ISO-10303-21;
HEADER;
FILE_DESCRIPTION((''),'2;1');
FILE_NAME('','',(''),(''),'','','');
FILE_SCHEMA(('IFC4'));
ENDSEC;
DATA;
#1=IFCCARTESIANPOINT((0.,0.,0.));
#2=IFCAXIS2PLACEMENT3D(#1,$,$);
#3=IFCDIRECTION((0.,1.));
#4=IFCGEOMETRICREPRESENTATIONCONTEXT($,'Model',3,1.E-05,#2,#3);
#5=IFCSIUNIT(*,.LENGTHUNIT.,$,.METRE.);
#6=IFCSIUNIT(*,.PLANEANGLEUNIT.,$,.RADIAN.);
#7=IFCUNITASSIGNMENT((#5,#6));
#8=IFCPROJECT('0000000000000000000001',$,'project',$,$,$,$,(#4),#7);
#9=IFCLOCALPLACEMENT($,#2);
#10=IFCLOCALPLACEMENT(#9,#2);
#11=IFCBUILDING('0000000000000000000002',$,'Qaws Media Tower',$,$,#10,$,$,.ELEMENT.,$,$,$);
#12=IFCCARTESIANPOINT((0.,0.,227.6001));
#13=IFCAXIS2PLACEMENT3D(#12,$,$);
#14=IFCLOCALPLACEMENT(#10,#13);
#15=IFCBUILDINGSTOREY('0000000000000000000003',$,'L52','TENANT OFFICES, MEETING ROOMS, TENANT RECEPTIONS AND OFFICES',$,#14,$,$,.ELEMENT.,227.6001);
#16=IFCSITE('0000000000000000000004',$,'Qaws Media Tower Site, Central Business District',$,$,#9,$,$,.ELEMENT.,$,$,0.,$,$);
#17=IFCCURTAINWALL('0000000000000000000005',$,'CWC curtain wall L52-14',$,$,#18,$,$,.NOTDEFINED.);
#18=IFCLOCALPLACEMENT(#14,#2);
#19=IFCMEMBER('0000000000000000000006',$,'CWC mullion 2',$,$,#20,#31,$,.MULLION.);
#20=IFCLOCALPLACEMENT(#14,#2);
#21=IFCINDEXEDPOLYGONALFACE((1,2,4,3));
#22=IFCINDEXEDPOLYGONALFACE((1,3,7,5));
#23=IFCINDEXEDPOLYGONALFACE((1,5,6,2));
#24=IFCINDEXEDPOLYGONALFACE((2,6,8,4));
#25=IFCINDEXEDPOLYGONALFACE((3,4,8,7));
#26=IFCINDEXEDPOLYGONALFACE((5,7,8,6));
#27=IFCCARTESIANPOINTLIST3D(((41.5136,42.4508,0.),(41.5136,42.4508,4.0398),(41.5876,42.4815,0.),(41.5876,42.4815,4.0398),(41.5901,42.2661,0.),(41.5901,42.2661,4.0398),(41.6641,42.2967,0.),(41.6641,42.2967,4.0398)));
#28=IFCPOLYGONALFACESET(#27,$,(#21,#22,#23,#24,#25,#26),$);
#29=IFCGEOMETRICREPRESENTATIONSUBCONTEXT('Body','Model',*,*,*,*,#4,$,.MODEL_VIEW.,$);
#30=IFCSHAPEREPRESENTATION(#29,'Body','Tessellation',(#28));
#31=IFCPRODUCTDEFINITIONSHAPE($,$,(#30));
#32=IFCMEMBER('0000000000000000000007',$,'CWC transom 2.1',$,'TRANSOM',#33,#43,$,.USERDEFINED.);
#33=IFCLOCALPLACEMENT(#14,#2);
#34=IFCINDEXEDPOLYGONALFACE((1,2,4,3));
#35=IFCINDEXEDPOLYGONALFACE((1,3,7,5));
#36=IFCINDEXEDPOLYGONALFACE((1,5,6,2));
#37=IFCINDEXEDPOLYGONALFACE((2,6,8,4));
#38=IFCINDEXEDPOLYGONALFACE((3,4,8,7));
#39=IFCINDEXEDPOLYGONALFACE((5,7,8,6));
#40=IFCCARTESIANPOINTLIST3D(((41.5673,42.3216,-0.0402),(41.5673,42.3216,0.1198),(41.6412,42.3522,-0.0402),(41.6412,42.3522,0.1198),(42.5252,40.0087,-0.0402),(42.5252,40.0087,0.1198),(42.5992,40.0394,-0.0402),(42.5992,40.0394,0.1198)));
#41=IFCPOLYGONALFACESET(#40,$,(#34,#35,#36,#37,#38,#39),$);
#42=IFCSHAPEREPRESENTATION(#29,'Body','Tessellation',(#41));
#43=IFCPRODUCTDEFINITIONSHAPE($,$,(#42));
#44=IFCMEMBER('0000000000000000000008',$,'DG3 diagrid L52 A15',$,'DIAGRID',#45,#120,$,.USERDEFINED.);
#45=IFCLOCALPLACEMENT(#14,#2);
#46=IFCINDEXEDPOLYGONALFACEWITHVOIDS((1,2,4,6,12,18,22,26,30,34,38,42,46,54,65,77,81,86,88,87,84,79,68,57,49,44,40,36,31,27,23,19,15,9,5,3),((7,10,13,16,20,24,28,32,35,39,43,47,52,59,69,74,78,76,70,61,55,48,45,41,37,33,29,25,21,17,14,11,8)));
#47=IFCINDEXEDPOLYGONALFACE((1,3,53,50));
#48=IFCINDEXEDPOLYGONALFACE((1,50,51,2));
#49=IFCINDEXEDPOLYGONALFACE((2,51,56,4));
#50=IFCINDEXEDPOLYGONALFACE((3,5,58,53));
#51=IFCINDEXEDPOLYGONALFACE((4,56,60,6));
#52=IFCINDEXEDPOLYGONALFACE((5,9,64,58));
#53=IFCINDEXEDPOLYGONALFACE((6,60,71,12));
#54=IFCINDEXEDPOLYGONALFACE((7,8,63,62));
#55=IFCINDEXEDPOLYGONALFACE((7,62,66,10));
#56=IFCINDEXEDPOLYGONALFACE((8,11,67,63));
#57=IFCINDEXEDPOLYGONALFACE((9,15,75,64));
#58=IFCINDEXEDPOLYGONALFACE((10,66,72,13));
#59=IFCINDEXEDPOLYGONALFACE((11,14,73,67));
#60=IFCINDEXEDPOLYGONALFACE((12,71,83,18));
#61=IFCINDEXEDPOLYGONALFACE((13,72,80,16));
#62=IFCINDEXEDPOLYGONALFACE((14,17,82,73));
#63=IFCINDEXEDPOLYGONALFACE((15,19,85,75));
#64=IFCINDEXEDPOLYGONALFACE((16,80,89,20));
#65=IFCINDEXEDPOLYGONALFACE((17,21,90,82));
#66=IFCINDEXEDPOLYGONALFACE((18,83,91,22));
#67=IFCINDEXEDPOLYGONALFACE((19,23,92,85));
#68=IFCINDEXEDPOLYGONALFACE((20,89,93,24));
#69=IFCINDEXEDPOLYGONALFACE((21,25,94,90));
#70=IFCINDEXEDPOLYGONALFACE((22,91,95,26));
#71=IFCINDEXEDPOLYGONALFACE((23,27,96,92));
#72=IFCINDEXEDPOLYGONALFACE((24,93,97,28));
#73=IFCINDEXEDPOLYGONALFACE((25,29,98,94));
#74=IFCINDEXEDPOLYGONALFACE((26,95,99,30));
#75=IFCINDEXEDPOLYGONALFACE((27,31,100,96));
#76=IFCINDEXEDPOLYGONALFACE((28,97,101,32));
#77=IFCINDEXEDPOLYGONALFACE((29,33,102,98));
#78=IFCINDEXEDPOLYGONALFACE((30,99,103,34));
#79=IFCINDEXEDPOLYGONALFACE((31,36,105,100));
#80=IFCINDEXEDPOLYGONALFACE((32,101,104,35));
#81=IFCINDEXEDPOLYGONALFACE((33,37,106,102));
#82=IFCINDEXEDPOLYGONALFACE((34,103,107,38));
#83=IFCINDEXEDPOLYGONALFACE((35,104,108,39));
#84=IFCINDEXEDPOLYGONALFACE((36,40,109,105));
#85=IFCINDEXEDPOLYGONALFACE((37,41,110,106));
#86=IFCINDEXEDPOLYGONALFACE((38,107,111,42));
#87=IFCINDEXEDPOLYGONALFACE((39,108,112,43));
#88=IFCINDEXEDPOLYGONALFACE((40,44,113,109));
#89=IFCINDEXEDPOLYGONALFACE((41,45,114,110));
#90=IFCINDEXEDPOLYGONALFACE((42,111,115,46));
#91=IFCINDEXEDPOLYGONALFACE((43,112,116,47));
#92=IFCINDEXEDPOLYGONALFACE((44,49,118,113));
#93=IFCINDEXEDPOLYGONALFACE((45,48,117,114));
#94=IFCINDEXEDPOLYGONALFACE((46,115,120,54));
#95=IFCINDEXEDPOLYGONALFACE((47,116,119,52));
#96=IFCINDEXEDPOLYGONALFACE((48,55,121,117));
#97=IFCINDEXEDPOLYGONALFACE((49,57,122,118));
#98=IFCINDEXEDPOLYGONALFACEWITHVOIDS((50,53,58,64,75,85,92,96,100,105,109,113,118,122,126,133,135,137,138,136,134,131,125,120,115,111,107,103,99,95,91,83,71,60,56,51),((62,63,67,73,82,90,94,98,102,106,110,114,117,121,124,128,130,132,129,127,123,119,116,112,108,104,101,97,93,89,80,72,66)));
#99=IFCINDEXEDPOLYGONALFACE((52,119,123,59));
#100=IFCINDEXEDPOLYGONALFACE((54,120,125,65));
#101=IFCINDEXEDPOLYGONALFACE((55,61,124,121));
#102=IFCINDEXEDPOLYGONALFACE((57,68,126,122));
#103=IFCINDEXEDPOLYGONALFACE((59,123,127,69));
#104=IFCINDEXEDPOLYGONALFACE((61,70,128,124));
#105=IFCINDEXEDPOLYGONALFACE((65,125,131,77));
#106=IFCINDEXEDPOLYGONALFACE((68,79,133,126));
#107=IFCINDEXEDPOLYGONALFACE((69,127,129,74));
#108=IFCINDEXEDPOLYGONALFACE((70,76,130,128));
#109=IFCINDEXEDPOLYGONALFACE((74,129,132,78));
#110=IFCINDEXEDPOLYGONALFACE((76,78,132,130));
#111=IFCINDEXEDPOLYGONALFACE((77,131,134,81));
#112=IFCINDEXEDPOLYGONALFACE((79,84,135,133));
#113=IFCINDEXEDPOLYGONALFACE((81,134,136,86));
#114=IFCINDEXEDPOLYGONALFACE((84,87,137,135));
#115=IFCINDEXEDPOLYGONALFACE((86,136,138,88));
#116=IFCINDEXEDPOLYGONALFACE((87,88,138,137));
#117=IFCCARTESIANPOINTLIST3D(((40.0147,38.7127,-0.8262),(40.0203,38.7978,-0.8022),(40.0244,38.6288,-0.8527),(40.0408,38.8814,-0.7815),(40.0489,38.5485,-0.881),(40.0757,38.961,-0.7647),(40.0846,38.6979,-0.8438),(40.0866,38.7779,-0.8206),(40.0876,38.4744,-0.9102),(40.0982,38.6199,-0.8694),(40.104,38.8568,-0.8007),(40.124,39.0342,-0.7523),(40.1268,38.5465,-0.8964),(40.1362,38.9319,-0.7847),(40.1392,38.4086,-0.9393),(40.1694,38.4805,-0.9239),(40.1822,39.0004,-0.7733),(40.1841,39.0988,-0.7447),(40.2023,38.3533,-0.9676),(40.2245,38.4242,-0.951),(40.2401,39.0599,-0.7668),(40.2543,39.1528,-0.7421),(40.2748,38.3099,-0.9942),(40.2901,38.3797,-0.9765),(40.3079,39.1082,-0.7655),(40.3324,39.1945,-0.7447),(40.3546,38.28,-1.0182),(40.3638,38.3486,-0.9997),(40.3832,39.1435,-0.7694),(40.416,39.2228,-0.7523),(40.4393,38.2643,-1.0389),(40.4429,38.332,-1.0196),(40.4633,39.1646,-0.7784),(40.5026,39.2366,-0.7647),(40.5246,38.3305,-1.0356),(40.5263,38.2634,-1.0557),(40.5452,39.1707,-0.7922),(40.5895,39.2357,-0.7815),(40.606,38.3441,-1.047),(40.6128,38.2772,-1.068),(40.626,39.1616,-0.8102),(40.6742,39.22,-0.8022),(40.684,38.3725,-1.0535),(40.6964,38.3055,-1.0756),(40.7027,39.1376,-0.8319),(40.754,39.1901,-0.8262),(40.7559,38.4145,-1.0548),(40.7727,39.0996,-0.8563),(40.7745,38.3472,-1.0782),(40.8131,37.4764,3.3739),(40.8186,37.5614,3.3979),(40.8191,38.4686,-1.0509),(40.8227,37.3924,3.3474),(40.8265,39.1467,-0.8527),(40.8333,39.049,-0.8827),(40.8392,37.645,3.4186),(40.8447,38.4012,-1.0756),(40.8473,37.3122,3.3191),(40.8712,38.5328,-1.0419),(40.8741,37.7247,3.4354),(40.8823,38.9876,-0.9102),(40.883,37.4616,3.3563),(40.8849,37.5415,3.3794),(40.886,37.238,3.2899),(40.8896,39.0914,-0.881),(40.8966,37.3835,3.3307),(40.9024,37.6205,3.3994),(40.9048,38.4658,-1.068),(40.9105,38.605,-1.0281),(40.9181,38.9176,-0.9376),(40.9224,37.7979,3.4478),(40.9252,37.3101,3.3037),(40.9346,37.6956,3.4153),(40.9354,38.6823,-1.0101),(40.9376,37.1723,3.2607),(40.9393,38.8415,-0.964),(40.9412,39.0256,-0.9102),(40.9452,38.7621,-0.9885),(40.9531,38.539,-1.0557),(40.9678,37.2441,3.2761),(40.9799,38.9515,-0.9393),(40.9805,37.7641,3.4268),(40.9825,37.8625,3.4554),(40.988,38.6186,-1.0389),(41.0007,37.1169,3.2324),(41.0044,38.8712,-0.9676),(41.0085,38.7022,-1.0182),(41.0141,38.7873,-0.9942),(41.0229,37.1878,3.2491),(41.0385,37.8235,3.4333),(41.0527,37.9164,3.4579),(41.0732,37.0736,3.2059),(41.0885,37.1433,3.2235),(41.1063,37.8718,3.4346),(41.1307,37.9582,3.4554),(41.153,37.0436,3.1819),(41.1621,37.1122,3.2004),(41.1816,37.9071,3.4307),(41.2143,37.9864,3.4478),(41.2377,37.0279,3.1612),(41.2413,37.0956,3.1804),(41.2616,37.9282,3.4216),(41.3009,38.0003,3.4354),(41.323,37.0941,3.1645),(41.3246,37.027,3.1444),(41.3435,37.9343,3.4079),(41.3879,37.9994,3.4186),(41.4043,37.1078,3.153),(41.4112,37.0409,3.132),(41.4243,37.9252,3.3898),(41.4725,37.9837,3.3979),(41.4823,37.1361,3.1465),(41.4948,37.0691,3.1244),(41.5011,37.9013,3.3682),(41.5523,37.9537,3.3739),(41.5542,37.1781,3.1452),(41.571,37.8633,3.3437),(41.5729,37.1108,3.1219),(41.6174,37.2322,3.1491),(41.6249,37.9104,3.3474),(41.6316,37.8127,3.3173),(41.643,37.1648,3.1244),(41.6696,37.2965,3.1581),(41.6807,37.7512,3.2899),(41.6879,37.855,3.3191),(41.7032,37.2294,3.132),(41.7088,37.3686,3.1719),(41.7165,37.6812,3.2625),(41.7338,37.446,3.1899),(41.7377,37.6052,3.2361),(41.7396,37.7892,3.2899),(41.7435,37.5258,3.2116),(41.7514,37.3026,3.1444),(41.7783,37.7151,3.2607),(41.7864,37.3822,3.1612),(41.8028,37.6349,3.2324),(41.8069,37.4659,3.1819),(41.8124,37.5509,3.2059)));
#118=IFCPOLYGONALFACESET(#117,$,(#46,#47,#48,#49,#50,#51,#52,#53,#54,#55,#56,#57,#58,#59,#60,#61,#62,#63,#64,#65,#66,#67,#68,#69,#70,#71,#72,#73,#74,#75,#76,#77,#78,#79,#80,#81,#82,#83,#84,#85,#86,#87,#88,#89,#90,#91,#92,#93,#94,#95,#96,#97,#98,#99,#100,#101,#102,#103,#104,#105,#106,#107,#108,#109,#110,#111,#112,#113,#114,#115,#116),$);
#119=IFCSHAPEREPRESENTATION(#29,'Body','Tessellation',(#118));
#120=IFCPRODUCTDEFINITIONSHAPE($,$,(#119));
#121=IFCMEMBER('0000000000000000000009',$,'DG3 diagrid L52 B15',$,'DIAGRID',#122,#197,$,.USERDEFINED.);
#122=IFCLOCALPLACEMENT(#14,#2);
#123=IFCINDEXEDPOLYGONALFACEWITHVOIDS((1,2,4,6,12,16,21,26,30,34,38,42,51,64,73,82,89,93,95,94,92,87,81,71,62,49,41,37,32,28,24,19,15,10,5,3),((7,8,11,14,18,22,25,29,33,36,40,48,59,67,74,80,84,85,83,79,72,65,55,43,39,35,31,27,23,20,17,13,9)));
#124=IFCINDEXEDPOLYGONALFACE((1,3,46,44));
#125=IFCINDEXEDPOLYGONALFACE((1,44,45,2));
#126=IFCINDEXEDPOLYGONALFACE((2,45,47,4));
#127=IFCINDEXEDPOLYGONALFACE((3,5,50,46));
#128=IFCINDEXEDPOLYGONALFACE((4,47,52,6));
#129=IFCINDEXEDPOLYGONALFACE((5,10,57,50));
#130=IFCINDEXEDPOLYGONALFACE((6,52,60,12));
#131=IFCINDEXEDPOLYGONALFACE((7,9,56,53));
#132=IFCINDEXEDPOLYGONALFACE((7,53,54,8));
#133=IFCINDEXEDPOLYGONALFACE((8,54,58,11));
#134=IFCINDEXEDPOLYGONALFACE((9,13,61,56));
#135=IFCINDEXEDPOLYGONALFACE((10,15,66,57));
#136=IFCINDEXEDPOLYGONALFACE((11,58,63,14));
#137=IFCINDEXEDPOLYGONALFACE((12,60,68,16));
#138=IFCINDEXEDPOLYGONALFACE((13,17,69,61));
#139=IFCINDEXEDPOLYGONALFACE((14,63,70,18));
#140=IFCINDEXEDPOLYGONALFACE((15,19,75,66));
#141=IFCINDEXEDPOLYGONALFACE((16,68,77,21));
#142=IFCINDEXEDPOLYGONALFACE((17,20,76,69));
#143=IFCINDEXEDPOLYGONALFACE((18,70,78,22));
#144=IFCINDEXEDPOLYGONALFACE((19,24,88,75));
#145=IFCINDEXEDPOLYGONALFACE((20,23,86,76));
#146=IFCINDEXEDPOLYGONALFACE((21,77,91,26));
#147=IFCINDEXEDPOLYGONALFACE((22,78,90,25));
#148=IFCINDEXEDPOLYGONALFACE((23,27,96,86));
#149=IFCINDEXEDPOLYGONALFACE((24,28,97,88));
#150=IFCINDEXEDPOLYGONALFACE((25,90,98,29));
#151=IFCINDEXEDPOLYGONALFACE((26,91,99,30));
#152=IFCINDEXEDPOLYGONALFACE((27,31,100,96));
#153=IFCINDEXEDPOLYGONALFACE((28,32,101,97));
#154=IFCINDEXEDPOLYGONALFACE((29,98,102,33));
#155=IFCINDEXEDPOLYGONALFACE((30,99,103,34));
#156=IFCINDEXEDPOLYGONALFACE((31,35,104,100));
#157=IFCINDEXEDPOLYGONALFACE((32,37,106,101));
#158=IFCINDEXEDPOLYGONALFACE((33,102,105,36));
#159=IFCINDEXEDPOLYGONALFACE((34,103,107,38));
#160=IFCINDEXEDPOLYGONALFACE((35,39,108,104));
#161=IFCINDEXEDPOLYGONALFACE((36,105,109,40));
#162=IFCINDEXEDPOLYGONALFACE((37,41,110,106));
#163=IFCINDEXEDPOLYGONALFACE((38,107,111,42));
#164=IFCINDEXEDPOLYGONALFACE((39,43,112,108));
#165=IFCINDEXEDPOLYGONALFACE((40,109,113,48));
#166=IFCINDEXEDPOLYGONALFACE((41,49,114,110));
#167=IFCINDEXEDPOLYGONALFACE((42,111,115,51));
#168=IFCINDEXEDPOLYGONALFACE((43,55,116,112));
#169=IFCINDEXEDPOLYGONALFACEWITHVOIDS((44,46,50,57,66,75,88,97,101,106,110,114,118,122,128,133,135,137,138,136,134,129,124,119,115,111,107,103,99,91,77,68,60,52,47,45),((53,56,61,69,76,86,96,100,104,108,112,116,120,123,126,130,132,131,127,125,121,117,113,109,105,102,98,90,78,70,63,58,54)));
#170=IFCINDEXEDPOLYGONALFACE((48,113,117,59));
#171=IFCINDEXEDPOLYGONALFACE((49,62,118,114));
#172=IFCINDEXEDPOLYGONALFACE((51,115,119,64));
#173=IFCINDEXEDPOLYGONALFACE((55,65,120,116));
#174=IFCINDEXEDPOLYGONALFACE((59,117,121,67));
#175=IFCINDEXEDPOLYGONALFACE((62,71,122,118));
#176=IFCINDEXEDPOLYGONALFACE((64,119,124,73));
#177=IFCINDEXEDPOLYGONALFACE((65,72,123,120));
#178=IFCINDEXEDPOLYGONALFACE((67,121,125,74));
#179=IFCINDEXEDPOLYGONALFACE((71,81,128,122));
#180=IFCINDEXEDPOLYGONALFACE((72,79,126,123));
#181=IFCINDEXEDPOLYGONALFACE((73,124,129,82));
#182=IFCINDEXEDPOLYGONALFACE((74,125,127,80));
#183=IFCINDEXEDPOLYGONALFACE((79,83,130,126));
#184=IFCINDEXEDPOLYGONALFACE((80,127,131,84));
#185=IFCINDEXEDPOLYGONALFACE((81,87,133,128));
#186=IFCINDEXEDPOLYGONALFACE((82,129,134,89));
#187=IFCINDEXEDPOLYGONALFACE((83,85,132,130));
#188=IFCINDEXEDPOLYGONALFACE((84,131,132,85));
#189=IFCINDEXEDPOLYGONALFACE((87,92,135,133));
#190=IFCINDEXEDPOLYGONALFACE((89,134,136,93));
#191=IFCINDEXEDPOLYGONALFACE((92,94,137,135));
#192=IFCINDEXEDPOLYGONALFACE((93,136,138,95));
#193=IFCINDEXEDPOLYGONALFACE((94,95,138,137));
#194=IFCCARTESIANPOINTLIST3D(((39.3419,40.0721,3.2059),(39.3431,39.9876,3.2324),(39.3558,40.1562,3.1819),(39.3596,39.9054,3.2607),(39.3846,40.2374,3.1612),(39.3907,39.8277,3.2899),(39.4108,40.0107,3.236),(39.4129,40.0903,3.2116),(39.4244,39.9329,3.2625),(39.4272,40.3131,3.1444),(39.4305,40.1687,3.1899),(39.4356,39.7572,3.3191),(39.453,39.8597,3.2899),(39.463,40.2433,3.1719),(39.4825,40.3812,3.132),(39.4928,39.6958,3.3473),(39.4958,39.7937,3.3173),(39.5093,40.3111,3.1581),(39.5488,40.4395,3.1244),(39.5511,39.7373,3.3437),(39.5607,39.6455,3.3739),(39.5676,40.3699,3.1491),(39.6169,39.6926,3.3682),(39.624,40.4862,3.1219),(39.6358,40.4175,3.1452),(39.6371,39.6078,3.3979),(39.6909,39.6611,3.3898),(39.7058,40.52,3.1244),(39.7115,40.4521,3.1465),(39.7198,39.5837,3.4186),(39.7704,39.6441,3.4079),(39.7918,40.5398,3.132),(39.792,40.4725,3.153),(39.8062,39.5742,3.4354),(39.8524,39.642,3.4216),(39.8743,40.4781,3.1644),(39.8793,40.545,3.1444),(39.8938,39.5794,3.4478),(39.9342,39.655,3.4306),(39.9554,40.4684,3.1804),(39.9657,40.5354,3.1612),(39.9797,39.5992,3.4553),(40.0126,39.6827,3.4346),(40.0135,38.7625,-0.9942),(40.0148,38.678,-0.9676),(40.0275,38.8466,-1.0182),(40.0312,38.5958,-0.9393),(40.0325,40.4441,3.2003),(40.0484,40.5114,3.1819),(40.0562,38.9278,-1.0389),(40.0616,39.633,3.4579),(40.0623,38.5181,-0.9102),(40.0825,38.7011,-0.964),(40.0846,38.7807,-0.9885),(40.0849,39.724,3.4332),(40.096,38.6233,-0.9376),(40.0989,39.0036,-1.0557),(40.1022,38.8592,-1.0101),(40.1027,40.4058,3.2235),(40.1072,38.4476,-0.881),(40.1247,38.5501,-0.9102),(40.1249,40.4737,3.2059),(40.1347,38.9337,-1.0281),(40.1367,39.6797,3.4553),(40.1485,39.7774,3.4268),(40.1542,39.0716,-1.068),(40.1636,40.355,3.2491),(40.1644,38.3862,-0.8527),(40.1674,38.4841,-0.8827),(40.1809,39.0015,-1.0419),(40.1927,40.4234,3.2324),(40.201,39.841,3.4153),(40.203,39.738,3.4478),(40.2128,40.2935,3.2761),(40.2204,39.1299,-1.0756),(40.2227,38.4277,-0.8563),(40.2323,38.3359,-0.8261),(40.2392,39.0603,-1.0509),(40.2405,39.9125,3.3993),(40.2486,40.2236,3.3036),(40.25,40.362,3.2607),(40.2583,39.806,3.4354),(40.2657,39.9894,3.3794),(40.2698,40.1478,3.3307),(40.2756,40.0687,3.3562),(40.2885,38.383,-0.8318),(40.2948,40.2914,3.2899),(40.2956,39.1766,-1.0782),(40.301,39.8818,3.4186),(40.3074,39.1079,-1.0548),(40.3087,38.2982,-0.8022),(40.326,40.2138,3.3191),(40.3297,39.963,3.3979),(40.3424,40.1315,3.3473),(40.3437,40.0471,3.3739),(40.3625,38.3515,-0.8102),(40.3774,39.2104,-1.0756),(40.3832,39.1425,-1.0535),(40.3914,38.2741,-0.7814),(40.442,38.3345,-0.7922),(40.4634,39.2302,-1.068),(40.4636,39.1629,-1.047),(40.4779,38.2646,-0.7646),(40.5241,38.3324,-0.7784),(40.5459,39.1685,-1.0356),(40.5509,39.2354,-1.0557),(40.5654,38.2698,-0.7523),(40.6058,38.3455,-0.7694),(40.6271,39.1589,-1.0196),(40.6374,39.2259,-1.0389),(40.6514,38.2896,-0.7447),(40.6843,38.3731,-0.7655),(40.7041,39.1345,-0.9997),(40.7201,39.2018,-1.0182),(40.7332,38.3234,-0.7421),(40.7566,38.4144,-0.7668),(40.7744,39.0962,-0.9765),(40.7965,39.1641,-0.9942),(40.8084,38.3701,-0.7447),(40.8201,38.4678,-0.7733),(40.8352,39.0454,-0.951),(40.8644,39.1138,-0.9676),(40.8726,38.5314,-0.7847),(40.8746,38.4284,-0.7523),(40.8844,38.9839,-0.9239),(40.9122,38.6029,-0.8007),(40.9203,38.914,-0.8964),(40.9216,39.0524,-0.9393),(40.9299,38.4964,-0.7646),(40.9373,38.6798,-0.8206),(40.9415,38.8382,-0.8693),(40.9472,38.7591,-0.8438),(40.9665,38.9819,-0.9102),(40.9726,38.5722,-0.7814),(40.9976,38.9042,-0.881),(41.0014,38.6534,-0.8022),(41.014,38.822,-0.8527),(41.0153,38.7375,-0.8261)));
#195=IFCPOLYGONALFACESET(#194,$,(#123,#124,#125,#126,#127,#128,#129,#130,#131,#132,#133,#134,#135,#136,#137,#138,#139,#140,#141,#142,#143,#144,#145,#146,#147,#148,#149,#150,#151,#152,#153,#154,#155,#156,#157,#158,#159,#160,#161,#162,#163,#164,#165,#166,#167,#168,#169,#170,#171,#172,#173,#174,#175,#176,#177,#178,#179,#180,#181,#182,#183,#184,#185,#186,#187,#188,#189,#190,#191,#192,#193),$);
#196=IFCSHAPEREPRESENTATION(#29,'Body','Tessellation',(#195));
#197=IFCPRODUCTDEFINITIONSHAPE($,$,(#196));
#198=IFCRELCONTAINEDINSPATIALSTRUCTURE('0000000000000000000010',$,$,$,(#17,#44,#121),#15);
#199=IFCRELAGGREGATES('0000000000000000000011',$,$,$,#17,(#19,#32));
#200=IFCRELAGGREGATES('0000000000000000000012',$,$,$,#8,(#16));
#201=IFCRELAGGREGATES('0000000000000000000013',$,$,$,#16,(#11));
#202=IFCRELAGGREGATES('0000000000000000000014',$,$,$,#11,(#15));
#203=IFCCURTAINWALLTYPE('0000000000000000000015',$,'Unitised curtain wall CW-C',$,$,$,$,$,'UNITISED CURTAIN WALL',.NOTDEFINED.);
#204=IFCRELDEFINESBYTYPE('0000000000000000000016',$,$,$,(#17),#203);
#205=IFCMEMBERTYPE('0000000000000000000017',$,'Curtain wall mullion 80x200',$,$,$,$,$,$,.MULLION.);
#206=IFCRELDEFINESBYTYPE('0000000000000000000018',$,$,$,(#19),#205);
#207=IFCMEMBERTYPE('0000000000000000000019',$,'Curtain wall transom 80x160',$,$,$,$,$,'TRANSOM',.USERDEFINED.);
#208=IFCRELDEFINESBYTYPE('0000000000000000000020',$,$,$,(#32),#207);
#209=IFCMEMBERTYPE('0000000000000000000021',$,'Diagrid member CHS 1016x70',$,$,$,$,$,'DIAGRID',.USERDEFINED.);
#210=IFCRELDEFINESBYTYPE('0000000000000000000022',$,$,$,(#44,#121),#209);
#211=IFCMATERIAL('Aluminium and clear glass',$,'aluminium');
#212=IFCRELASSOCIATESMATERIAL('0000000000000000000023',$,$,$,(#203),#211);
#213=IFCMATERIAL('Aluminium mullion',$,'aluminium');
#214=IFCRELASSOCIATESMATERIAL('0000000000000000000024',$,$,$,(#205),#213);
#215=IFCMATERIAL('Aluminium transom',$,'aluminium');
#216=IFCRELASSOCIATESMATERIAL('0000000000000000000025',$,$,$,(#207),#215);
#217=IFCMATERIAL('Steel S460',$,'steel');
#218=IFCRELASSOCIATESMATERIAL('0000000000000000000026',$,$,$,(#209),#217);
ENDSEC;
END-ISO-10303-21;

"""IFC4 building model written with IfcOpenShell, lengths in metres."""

from ifc_helpers import new_model, si_unit, direction, frame, origin, origin_2d, place, context, subcontext, project, spatial, rectangle, hollow_circle, extrude, material, material_profile, profile_set, type_object, element, aggregate, save


model = new_model("IFC4")

# Units and contexts
model_context = context("Model", 3, precision=1e-05, world=origin(), true_north=direction((0.0, 1.0)))
body_context = subcontext(model_context, "Body", "Model", "MODEL_VIEW")
ifc_project = project(units=[si_unit("LENGTHUNIT", "METRE"), si_unit("PLANEANGLEUNIT", "RADIAN")], contexts=[model_context])

# Site, building, storey
site_placement = place(None, origin())
site = spatial("IfcSite", under=ifc_project, at=site_placement, Name="Qaws Media Tower Site, Central Business District", CompositionType="ELEMENT", RefElevation=0.0)
building_placement = place(site_placement, origin())
building = spatial("IfcBuilding", under=site, at=building_placement, Name="Qaws Media Tower", CompositionType="ELEMENT")
storey_placement = place(building_placement, frame((0.0, 0.0, 227.6001)))
storey = spatial("IfcBuildingStorey", under=building, at=storey_placement, Name="L52", Description="TENANT OFFICES, MEETING ROOMS, TENANT RECEPTIONS AND OFFICES", CompositionType="ELEMENT", Elevation=227.6001)

# Curtain wall, members
ifc_material_1 = material(Name="Aluminium and clear glass", Category="aluminium")
curtain_wall_type = type_object("IfcCurtainWallType", Name="Unitised curtain wall CW-C", ElementType="UNITISED CURTAIN WALL", PredefinedType="NOTDEFINED", material=ifc_material_1)
curtain_wall_placement = place(storey_placement, origin())
curtain_wall = element("IfcCurtainWall", 1, at=curtain_wall_placement, inside=storey, type_object=curtain_wall_type, Name="CWC curtain wall L52-14", PredefinedType="NOTDEFINED")
ifc_material_2 = material(Name="Aluminium mullion", Category="aluminium")
ifc_material_profile_1 = material_profile(ifc_material_2, rectangle(XDim=0.0801, YDim=0.2, at=origin_2d()), Name="80x200")
ifc_profile_set_1 = profile_set([ifc_material_profile_1], Name="Aluminium mullion")
member_type_1 = type_object("IfcMemberType", Name="Curtain wall mullion 80x200", PredefinedType="MULLION", material=ifc_profile_set_1)
member_1_placement = place(storey_placement, frame((41.5889, 42.3738, 0.0), z_axis=(0.0, 0.0, 1.0), x_axis=(0.92388, 0.382683, 0.0)))
member_1 = element("IfcMember", 2, at=member_1_placement, type_object=member_type_1, Name="CWC mullion 2", PredefinedType="MULLION", context=body_context, shape_type="SweptSolid", body=[
    extrude(rectangle(XDim=0.0801, YDim=0.2, at=origin_2d()), origin(), (0.0, 0.0, 1.0), 4.0398),
])
ifc_material_3 = material(Name="Aluminium transom", Category="aluminium")
ifc_material_profile_2 = material_profile(ifc_material_3, rectangle(XDim=0.0801, YDim=0.1599, at=origin_2d()), Name="80x160")
ifc_profile_set_2 = profile_set([ifc_material_profile_2], Name="Aluminium transom")
member_type_2 = type_object("IfcMemberType", Name="Curtain wall transom 80x160", ElementType="TRANSOM", PredefinedType="USERDEFINED", material=ifc_profile_set_2)
member_2_placement = place(storey_placement, frame((41.6042, 42.3369, 0.0398), z_axis=(0.382662, -0.923888, 0.0), x_axis=(0.923888, 0.382662, 0.0)))
member_2 = element("IfcMember", 3, at=member_2_placement, type_object=member_type_2, Name="CWC transom 2.1", ObjectType="TRANSOM", PredefinedType="USERDEFINED", context=body_context, shape_type="SweptSolid", body=[
    extrude(rectangle(XDim=0.0801, YDim=0.1599, at=origin_2d()), origin(), (0.0, 0.0, 1.0), 2.5034),
])

# Members
ifc_material_4 = material(Name="Steel S460", Category="steel")
ifc_material_profile_3 = material_profile(ifc_material_4, hollow_circle(Radius=0.5081, WallThickness=0.0701, at=origin_2d()), Name="CHS 1016x70")
ifc_profile_set_3 = profile_set([ifc_material_profile_3], Name="Steel S460")
member_type_3 = type_object("IfcMemberType", Name="Diagrid member CHS 1016x70", ElementType="DIAGRID", PredefinedType="USERDEFINED", material=ifc_profile_set_3)
for number, where, z_axis, x_axis, name in (
    (4, (40.5144, 38.75, -0.9102), (0.179389, -0.277806, 0.943739), (0.840077, 0.542467, 0.0), "DG3 diagrid L52 A15"),
    (5, (40.5144, 38.75, -0.9102), (-0.150916, 0.294262, 0.943734), (-0.889802, -0.456347, 0.0), "DG3 diagrid L52 B15"),
):
    element("IfcMember", number, at=place(storey_placement, frame(where, z_axis=z_axis, x_axis=x_axis)), inside=storey, type_object=member_type_3, Name=name, ObjectType="DIAGRID", PredefinedType="USERDEFINED", context=body_context, shape_type="SweptSolid", body=[
        extrude(hollow_circle(Radius=0.5081, WallThickness=0.0701, at=origin_2d()), origin(), (0.0, 0.0, 1.0), 4.4504),
    ])

aggregate(curtain_wall, [member_1, member_2])

save(model, "model.ifc")
